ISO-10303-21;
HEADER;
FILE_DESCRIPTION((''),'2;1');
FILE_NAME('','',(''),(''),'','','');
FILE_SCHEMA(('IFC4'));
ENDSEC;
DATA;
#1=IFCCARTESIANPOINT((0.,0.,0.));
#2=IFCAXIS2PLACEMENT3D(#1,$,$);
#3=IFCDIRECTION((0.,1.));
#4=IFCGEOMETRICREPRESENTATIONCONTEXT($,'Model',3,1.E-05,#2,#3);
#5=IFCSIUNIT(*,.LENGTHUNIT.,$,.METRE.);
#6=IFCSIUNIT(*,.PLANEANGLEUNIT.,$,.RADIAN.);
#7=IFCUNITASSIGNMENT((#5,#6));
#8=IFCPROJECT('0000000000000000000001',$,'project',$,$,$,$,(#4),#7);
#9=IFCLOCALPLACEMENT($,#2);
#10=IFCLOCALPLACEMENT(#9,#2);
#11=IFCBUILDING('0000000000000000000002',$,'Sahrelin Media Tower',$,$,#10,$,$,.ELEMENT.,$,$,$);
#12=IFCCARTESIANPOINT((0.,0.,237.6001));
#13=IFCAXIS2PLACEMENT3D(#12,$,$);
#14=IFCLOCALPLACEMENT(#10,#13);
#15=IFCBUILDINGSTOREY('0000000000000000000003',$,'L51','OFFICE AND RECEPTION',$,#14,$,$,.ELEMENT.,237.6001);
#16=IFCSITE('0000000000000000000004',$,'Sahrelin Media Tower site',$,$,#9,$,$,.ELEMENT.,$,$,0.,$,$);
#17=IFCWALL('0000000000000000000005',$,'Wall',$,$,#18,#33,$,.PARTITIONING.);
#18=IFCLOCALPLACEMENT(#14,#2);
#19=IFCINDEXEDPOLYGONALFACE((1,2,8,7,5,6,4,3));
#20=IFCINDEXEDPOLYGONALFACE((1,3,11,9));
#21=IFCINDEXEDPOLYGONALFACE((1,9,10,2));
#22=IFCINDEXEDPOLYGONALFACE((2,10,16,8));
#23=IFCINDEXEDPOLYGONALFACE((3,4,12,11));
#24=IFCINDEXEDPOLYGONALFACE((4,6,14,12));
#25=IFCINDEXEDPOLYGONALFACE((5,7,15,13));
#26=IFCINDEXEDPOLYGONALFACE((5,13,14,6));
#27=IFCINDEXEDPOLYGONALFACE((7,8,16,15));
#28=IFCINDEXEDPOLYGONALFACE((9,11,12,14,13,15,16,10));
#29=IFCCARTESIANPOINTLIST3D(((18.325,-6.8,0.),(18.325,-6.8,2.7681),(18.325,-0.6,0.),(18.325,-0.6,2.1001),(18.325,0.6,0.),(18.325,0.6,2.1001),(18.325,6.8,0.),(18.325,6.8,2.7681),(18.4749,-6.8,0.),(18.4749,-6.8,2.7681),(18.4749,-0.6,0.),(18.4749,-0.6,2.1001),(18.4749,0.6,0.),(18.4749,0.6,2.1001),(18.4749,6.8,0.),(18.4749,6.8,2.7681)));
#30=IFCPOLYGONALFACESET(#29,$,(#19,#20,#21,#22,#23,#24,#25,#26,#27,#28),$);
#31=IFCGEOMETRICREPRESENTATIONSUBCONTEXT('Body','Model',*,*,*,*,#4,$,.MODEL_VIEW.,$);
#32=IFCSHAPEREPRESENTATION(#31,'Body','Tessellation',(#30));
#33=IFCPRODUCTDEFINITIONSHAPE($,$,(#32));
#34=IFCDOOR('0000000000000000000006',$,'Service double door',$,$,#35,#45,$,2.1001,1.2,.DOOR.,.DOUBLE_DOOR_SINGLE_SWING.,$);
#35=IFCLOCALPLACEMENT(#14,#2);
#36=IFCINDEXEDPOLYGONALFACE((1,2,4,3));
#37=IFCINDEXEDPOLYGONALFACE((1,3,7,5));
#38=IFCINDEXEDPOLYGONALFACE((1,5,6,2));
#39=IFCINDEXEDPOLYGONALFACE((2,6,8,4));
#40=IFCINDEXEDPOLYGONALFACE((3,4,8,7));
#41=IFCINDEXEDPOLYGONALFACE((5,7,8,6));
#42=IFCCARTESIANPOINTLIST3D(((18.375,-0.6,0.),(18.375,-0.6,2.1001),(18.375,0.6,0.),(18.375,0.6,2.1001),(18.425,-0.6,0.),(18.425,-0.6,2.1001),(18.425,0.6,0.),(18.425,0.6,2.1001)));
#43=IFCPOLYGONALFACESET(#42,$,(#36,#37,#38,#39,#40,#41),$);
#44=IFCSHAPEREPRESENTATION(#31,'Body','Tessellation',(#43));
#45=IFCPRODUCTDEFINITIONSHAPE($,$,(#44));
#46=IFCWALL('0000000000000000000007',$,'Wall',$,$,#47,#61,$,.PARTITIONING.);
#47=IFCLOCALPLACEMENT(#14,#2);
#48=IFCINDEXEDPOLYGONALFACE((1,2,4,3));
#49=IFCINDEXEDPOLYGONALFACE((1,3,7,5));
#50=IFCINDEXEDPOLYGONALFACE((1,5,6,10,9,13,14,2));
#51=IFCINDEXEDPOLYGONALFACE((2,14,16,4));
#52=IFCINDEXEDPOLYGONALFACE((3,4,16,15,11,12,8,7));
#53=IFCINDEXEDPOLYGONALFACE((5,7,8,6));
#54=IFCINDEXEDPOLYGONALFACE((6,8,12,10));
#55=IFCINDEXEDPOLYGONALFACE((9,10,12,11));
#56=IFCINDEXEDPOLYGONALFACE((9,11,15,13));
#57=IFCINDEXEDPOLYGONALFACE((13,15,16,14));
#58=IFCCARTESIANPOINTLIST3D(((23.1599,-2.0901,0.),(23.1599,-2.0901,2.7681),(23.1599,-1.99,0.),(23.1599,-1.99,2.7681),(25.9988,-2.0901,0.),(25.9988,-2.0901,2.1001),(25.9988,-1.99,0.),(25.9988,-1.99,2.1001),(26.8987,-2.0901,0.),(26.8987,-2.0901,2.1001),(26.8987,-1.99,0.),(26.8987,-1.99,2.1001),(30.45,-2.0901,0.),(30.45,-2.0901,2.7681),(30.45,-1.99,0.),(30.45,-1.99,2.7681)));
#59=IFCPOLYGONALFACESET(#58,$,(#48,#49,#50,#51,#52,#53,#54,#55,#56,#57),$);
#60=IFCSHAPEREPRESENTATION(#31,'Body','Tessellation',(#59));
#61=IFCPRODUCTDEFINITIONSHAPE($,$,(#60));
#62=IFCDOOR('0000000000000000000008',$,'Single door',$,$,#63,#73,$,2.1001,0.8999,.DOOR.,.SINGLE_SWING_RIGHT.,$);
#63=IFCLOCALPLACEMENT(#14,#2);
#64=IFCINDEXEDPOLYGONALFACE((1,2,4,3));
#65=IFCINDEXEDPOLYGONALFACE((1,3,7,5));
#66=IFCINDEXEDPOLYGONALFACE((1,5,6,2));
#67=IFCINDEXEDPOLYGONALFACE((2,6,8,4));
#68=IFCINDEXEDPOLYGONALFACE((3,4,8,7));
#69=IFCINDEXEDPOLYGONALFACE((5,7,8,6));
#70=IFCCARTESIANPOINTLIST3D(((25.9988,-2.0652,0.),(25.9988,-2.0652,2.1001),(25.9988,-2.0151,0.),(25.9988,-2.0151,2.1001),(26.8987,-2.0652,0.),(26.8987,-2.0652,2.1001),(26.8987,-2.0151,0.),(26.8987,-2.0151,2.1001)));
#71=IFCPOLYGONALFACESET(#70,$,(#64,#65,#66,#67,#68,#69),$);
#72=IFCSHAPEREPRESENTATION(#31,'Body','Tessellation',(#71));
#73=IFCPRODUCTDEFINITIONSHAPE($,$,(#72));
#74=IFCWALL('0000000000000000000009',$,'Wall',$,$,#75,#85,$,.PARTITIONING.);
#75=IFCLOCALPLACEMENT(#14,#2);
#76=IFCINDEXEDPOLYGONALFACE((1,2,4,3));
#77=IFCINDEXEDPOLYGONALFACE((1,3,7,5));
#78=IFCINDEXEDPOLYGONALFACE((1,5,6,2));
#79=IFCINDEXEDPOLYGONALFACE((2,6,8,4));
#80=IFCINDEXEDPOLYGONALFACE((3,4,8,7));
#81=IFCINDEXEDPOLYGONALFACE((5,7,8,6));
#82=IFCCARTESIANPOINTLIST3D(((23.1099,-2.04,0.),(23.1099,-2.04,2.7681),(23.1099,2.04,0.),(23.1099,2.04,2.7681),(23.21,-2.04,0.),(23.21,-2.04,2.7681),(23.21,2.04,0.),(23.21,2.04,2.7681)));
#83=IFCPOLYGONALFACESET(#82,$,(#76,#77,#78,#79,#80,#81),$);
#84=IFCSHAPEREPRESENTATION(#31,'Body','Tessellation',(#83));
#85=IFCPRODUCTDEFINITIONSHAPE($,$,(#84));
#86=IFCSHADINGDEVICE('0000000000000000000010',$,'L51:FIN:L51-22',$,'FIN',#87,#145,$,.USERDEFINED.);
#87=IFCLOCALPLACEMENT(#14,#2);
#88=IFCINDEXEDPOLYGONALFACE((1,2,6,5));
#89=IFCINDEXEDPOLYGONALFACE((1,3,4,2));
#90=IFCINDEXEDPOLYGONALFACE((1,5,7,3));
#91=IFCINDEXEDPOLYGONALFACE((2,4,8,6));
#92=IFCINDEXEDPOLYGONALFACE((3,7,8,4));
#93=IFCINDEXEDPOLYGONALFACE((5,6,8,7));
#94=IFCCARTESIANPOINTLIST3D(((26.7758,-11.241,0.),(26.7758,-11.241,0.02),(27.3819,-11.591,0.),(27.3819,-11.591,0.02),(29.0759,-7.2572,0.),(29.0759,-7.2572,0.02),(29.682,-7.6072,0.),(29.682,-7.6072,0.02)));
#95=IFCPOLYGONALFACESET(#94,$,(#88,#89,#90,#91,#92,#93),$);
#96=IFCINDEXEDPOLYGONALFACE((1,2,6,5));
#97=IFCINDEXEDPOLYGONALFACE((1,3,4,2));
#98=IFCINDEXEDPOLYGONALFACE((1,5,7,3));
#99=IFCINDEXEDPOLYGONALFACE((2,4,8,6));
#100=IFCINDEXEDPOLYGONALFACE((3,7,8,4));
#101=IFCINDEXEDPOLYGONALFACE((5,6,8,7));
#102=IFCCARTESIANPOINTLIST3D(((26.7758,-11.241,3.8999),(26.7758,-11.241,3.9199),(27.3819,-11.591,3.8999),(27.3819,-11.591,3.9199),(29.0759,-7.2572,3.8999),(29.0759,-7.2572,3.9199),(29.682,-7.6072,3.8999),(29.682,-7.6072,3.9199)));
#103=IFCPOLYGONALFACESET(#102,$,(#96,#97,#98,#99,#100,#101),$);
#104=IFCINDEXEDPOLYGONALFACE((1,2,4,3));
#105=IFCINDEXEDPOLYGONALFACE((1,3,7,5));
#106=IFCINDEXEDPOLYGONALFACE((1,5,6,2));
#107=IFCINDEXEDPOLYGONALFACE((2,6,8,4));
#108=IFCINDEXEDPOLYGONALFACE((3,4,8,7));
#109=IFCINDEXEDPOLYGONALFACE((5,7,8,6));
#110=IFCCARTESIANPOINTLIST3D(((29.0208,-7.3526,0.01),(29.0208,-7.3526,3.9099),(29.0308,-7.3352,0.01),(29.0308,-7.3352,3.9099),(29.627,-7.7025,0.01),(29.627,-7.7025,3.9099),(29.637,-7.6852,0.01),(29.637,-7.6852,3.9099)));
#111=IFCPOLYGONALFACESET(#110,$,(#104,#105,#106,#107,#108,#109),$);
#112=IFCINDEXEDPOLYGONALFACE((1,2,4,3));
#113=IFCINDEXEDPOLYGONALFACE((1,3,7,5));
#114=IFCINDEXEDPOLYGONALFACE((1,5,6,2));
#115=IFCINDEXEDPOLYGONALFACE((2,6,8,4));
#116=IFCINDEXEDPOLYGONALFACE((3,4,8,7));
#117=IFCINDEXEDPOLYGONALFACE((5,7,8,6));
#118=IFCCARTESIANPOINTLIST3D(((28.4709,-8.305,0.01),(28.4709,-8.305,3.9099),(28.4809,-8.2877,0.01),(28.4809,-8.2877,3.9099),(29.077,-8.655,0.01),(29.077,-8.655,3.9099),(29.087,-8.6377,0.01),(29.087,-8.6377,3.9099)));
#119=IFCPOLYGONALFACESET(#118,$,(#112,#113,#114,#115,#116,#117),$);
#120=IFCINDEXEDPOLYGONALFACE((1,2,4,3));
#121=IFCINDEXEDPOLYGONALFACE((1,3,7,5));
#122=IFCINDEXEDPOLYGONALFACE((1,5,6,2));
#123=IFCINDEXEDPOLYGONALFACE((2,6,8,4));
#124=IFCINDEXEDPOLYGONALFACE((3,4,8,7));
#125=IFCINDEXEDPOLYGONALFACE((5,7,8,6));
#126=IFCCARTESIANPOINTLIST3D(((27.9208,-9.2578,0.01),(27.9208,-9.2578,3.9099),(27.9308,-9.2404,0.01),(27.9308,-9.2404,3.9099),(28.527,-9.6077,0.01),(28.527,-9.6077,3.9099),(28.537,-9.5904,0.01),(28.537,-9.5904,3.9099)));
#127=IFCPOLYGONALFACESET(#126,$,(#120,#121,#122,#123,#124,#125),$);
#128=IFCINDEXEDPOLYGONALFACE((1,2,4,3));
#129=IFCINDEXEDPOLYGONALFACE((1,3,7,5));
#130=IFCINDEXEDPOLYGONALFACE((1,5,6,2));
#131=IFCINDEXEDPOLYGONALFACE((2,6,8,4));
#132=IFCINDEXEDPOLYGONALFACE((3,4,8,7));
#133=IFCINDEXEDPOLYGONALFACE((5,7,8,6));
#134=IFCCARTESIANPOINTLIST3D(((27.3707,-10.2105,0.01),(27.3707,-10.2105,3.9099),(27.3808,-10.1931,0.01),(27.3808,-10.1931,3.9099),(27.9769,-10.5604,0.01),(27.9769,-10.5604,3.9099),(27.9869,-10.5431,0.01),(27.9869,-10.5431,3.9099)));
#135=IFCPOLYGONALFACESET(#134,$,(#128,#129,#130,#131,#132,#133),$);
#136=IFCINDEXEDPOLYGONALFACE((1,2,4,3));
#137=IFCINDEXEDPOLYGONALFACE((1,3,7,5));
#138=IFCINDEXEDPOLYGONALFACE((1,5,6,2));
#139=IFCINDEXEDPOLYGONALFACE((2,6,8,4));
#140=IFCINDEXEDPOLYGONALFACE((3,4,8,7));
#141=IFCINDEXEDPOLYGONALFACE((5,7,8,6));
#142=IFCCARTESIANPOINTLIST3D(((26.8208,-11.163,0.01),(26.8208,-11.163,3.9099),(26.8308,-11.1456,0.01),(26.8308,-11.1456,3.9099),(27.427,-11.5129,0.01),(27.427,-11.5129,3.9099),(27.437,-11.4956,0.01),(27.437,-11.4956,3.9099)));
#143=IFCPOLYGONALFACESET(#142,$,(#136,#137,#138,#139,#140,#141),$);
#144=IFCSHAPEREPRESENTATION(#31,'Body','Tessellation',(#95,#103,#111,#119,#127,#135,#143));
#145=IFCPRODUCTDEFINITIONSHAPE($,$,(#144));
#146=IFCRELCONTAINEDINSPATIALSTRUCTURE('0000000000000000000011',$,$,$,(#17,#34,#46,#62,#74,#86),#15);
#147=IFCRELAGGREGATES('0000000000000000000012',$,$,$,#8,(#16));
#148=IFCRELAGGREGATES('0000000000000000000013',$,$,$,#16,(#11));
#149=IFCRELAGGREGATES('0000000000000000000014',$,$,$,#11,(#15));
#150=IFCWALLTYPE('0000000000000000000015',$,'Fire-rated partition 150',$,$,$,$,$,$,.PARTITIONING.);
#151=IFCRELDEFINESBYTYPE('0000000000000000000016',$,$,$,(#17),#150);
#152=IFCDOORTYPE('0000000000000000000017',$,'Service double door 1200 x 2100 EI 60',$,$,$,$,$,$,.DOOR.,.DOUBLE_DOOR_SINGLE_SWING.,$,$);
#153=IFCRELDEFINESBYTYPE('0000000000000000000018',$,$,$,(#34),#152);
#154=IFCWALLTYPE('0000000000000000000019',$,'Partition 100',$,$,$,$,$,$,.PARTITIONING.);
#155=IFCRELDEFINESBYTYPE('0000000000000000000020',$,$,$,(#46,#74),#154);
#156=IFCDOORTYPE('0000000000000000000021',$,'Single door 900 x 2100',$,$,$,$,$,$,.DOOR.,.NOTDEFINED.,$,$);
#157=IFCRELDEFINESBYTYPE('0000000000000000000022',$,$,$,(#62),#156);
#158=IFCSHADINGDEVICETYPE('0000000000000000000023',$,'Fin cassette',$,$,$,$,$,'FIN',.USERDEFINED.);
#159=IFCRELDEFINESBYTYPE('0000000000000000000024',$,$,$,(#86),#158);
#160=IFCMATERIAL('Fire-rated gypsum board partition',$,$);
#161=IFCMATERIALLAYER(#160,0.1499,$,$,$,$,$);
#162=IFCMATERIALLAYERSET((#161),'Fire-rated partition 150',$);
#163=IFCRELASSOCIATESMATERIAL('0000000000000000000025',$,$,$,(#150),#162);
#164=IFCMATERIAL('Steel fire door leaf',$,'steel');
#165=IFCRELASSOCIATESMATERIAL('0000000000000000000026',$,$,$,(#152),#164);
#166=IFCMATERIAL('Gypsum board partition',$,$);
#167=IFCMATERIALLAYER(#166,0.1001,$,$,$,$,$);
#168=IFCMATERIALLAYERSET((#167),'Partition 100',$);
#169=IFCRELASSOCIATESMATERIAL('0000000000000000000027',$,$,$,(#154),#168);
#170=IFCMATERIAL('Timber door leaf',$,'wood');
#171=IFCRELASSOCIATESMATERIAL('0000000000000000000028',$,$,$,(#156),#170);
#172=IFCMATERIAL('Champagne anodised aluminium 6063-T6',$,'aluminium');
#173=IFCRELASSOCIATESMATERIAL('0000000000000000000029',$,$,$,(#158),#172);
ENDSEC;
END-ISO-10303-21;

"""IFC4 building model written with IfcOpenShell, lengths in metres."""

from ifc_helpers import new_model, si_unit, direction, frame, frame_2d, origin, origin_2d, place, context, subcontext, project, spatial, rectangle, extrude, material, layer, layer_set, type_object, element, fill, save


model = new_model("IFC4")

# Units and contexts
model_context = context("Model", 3, precision=1e-05, world=origin(), true_north=direction((0.0, 1.0)))
body_context = subcontext(model_context, "Body", "Model", "MODEL_VIEW")
ifc_project = project(units=[si_unit("LENGTHUNIT", "METRE"), si_unit("PLANEANGLEUNIT", "RADIAN")], contexts=[model_context])

# Site, building, storey
site_placement = place(None, origin())
site = spatial("IfcSite", under=ifc_project, at=site_placement, Name="Sahrelin Media Tower site", CompositionType="ELEMENT", RefElevation=0.0)
building_placement = place(site_placement, origin())
building = spatial("IfcBuilding", under=site, at=building_placement, Name="Sahrelin Media Tower", CompositionType="ELEMENT")
storey_placement = place(building_placement, frame((0.0, 0.0, 237.6001)))
storey = spatial("IfcBuildingStorey", under=building, at=storey_placement, Name="L51", Description="OFFICE AND RECEPTION", CompositionType="ELEMENT", Elevation=237.6001)

# Shared definitions
ifc_material_1 = material(Name="Champagne anodised aluminium 6063-T6", Category="aluminium")

# Shared definitions
ifc_material_2 = material(Name="Fire-rated gypsum board partition")
ifc_layer_1 = layer(ifc_material_2, 0.1499)
ifc_layer_set_1 = layer_set([ifc_layer_1], Name="Fire-rated partition 150")
wall_type_1 = type_object("IfcWallType", Name="Fire-rated partition 150", PredefinedType="PARTITIONING", material=ifc_layer_set_1)

# Walls, openings, doors
wall_1_placement = place(storey_placement, frame((18.3999, -6.8, 0.0), z_axis=(0.0, 0.0, 1.0), x_axis=(0.0, 1.0, 0.0)))
wall_1 = element("IfcWall", 1, at=wall_1_placement, inside=storey, type_object=wall_type_1, Name="Wall", PredefinedType="PARTITIONING", context=body_context, shape_type="SweptSolid", body=[
    extrude(rectangle(XDim=13.6001, YDim=0.1499, at=frame_2d((6.8, 0.0))), origin(), (0.0, 0.0, 1.0), 2.7681),
])
opening_1_placement = place(wall_1_placement, frame((6.2, 0.0, 0.0)))
opening_1 = element("IfcOpeningElement", 2, at=opening_1_placement, cuts=wall_1, PredefinedType="OPENING", context=body_context, shape_type="SweptSolid", body=[
    extrude(rectangle(XDim=1.2, YDim=2.1001, at=frame_2d((0.6001, 1.05))), frame((0.0, 0.075, 0.0), z_axis=(0.0, -1.0, 0.0), x_axis=(1.0, 0.0, 0.0)), (0.0, 0.0, 1.0), 0.1499),
])
ifc_material_3 = material(Name="Steel fire door leaf", Category="steel")
door_type_1 = type_object("IfcDoorType", Name="Service double door 1200 x 2100 EI 60", OperationType="DOUBLE_DOOR_SINGLE_SWING", PredefinedType="DOOR", material=ifc_material_3)
door_1_placement = place(opening_1_placement, origin())
door_1 = element("IfcDoor", 3, at=door_1_placement, inside=storey, type_object=door_type_1, Name="Service double door", OperationType="DOUBLE_DOOR_SINGLE_SWING", OverallHeight=2.1001, OverallWidth=1.2, PredefinedType="DOOR", context=body_context, shape_type="SweptSolid", body=[
    extrude(rectangle(XDim=1.2, YDim=2.1001, at=frame_2d((0.6001, 1.05))), frame((0.0, 0.0249, 0.0), z_axis=(0.0, -1.0, 0.0), x_axis=(1.0, 0.0, 0.0)), (0.0, 0.0, 1.0), 0.05),
])
fill(opening_1, door_1)
ifc_material_4 = material(Name="Gypsum board partition")
ifc_layer_2 = layer(ifc_material_4, 0.1001)
ifc_layer_set_2 = layer_set([ifc_layer_2], Name="Partition 100")
wall_type_2 = type_object("IfcWallType", Name="Partition 100", PredefinedType="PARTITIONING", material=ifc_layer_set_2)
wall_2_placement = place(storey_placement, frame((23.1599, -2.04, 0.0), z_axis=(0.0, 0.0, 1.0), x_axis=(1.0, 0.0, 0.0)))
wall_2 = element("IfcWall", 4, at=wall_2_placement, inside=storey, type_object=wall_type_2, Name="Wall", PredefinedType="PARTITIONING", context=body_context, shape_type="SweptSolid", body=[
    extrude(rectangle(XDim=7.29, YDim=0.1001, at=frame_2d((3.645, 0.0))), origin(), (0.0, 0.0, 1.0), 2.7681),
])
opening_2_placement = place(wall_2_placement, frame((2.8389, 0.0, 0.0)))
opening_2 = element("IfcOpeningElement", 5, at=opening_2_placement, cuts=wall_2, PredefinedType="OPENING", context=body_context, shape_type="SweptSolid", body=[
    extrude(rectangle(XDim=0.8999, YDim=2.1001, at=frame_2d((0.45, 1.05))), frame((0.0, 0.05, 0.0), z_axis=(0.0, -1.0, 0.0), x_axis=(1.0, 0.0, 0.0)), (0.0, 0.0, 1.0), 0.1001),
])
ifc_material_5 = material(Name="Timber door leaf", Category="wood")
door_type_2 = type_object("IfcDoorType", Name="Single door 900 x 2100", OperationType="NOTDEFINED", PredefinedType="DOOR", material=ifc_material_5)
door_2_placement = place(opening_2_placement, origin())
door_2 = element("IfcDoor", 6, at=door_2_placement, inside=storey, type_object=door_type_2, Name="Single door", OperationType="SINGLE_SWING_RIGHT", OverallHeight=2.1001, OverallWidth=0.8999, PredefinedType="DOOR", context=body_context, shape_type="SweptSolid", body=[
    extrude(rectangle(XDim=0.8999, YDim=2.1001, at=frame_2d((0.45, 1.05))), frame((0.0, 0.0249, 0.0), z_axis=(0.0, -1.0, 0.0), x_axis=(1.0, 0.0, 0.0)), (0.0, 0.0, 1.0), 0.05),
])
fill(opening_2, door_2)

# Wall
wall_3_placement = place(storey_placement, frame((23.1599, -2.04, 0.0), z_axis=(0.0, 0.0, 1.0), x_axis=(0.0, 1.0, 0.0)))
element("IfcWall", 7, at=wall_3_placement, inside=storey, type_object=wall_type_2, Name="Wall", PredefinedType="PARTITIONING", context=body_context, shape_type="SweptSolid", body=[
    extrude(rectangle(XDim=4.0801, YDim=0.1001, at=frame_2d((2.04, 0.0))), origin(), (0.0, 0.0, 1.0), 2.7681),
])

# Shading device
shading_device_type_1 = type_object("IfcShadingDeviceType", Name="Fin cassette", ElementType="FIN", PredefinedType="USERDEFINED", material=ifc_material_1)
shading_device_1_placement = place(storey_placement, frame((27.8652, -9.2141, 0.0), z_axis=(0.0, 0.0, 1.0), x_axis=(-0.500011, -0.866019, 0.0)))
element("IfcShadingDevice", 8, at=shading_device_1_placement, inside=storey, type_object=shading_device_type_1, Name="L51:FIN:L51-22", ObjectType="FIN", PredefinedType="USERDEFINED", context=body_context, shape_type="SweptSolid", body=[
    extrude(rectangle(XDim=4.6001, YDim=0.7, at=origin_2d()), frame((0.0, 0.4199, 0.0)), (0.0, 0.0, 1.0), 0.02),
    extrude(rectangle(XDim=4.6001, YDim=0.7, at=origin_2d()), frame((0.0, 0.4199, 3.8999)), (0.0, 0.0, 1.0), 0.02),
    extrude(rectangle(XDim=0.02, YDim=0.7, at=origin_2d()), frame((-2.2, 0.4199, 0.01), z_axis=(0.0, 0.0, 1.0), x_axis=(1.0, 0.0, 0.0)), (0.0, 0.0, 1.0), 3.8999),
    extrude(rectangle(XDim=0.02, YDim=0.7, at=origin_2d()), frame((-1.1001, 0.4199, 0.01), z_axis=(0.0, 0.0, 1.0), x_axis=(1.0, 0.0, 0.0)), (0.0, 0.0, 1.0), 3.8999),
    extrude(rectangle(XDim=0.02, YDim=0.7, at=origin_2d()), frame((0.0, 0.4199, 0.01), z_axis=(0.0, 0.0, 1.0), x_axis=(1.0, 0.0, 0.0)), (0.0, 0.0, 1.0), 3.8999),
    extrude(rectangle(XDim=0.02, YDim=0.7, at=origin_2d()), frame((1.1001, 0.4199, 0.01), z_axis=(0.0, 0.0, 1.0), x_axis=(1.0, 0.0, 0.0)), (0.0, 0.0, 1.0), 3.8999),
    extrude(rectangle(XDim=0.02, YDim=0.7, at=origin_2d()), frame((2.2, 0.4199, 0.01), z_axis=(0.0, 0.0, 1.0), x_axis=(1.0, 0.0, 0.0)), (0.0, 0.0, 1.0), 3.8999),
])

save(model, "model.ifc")
